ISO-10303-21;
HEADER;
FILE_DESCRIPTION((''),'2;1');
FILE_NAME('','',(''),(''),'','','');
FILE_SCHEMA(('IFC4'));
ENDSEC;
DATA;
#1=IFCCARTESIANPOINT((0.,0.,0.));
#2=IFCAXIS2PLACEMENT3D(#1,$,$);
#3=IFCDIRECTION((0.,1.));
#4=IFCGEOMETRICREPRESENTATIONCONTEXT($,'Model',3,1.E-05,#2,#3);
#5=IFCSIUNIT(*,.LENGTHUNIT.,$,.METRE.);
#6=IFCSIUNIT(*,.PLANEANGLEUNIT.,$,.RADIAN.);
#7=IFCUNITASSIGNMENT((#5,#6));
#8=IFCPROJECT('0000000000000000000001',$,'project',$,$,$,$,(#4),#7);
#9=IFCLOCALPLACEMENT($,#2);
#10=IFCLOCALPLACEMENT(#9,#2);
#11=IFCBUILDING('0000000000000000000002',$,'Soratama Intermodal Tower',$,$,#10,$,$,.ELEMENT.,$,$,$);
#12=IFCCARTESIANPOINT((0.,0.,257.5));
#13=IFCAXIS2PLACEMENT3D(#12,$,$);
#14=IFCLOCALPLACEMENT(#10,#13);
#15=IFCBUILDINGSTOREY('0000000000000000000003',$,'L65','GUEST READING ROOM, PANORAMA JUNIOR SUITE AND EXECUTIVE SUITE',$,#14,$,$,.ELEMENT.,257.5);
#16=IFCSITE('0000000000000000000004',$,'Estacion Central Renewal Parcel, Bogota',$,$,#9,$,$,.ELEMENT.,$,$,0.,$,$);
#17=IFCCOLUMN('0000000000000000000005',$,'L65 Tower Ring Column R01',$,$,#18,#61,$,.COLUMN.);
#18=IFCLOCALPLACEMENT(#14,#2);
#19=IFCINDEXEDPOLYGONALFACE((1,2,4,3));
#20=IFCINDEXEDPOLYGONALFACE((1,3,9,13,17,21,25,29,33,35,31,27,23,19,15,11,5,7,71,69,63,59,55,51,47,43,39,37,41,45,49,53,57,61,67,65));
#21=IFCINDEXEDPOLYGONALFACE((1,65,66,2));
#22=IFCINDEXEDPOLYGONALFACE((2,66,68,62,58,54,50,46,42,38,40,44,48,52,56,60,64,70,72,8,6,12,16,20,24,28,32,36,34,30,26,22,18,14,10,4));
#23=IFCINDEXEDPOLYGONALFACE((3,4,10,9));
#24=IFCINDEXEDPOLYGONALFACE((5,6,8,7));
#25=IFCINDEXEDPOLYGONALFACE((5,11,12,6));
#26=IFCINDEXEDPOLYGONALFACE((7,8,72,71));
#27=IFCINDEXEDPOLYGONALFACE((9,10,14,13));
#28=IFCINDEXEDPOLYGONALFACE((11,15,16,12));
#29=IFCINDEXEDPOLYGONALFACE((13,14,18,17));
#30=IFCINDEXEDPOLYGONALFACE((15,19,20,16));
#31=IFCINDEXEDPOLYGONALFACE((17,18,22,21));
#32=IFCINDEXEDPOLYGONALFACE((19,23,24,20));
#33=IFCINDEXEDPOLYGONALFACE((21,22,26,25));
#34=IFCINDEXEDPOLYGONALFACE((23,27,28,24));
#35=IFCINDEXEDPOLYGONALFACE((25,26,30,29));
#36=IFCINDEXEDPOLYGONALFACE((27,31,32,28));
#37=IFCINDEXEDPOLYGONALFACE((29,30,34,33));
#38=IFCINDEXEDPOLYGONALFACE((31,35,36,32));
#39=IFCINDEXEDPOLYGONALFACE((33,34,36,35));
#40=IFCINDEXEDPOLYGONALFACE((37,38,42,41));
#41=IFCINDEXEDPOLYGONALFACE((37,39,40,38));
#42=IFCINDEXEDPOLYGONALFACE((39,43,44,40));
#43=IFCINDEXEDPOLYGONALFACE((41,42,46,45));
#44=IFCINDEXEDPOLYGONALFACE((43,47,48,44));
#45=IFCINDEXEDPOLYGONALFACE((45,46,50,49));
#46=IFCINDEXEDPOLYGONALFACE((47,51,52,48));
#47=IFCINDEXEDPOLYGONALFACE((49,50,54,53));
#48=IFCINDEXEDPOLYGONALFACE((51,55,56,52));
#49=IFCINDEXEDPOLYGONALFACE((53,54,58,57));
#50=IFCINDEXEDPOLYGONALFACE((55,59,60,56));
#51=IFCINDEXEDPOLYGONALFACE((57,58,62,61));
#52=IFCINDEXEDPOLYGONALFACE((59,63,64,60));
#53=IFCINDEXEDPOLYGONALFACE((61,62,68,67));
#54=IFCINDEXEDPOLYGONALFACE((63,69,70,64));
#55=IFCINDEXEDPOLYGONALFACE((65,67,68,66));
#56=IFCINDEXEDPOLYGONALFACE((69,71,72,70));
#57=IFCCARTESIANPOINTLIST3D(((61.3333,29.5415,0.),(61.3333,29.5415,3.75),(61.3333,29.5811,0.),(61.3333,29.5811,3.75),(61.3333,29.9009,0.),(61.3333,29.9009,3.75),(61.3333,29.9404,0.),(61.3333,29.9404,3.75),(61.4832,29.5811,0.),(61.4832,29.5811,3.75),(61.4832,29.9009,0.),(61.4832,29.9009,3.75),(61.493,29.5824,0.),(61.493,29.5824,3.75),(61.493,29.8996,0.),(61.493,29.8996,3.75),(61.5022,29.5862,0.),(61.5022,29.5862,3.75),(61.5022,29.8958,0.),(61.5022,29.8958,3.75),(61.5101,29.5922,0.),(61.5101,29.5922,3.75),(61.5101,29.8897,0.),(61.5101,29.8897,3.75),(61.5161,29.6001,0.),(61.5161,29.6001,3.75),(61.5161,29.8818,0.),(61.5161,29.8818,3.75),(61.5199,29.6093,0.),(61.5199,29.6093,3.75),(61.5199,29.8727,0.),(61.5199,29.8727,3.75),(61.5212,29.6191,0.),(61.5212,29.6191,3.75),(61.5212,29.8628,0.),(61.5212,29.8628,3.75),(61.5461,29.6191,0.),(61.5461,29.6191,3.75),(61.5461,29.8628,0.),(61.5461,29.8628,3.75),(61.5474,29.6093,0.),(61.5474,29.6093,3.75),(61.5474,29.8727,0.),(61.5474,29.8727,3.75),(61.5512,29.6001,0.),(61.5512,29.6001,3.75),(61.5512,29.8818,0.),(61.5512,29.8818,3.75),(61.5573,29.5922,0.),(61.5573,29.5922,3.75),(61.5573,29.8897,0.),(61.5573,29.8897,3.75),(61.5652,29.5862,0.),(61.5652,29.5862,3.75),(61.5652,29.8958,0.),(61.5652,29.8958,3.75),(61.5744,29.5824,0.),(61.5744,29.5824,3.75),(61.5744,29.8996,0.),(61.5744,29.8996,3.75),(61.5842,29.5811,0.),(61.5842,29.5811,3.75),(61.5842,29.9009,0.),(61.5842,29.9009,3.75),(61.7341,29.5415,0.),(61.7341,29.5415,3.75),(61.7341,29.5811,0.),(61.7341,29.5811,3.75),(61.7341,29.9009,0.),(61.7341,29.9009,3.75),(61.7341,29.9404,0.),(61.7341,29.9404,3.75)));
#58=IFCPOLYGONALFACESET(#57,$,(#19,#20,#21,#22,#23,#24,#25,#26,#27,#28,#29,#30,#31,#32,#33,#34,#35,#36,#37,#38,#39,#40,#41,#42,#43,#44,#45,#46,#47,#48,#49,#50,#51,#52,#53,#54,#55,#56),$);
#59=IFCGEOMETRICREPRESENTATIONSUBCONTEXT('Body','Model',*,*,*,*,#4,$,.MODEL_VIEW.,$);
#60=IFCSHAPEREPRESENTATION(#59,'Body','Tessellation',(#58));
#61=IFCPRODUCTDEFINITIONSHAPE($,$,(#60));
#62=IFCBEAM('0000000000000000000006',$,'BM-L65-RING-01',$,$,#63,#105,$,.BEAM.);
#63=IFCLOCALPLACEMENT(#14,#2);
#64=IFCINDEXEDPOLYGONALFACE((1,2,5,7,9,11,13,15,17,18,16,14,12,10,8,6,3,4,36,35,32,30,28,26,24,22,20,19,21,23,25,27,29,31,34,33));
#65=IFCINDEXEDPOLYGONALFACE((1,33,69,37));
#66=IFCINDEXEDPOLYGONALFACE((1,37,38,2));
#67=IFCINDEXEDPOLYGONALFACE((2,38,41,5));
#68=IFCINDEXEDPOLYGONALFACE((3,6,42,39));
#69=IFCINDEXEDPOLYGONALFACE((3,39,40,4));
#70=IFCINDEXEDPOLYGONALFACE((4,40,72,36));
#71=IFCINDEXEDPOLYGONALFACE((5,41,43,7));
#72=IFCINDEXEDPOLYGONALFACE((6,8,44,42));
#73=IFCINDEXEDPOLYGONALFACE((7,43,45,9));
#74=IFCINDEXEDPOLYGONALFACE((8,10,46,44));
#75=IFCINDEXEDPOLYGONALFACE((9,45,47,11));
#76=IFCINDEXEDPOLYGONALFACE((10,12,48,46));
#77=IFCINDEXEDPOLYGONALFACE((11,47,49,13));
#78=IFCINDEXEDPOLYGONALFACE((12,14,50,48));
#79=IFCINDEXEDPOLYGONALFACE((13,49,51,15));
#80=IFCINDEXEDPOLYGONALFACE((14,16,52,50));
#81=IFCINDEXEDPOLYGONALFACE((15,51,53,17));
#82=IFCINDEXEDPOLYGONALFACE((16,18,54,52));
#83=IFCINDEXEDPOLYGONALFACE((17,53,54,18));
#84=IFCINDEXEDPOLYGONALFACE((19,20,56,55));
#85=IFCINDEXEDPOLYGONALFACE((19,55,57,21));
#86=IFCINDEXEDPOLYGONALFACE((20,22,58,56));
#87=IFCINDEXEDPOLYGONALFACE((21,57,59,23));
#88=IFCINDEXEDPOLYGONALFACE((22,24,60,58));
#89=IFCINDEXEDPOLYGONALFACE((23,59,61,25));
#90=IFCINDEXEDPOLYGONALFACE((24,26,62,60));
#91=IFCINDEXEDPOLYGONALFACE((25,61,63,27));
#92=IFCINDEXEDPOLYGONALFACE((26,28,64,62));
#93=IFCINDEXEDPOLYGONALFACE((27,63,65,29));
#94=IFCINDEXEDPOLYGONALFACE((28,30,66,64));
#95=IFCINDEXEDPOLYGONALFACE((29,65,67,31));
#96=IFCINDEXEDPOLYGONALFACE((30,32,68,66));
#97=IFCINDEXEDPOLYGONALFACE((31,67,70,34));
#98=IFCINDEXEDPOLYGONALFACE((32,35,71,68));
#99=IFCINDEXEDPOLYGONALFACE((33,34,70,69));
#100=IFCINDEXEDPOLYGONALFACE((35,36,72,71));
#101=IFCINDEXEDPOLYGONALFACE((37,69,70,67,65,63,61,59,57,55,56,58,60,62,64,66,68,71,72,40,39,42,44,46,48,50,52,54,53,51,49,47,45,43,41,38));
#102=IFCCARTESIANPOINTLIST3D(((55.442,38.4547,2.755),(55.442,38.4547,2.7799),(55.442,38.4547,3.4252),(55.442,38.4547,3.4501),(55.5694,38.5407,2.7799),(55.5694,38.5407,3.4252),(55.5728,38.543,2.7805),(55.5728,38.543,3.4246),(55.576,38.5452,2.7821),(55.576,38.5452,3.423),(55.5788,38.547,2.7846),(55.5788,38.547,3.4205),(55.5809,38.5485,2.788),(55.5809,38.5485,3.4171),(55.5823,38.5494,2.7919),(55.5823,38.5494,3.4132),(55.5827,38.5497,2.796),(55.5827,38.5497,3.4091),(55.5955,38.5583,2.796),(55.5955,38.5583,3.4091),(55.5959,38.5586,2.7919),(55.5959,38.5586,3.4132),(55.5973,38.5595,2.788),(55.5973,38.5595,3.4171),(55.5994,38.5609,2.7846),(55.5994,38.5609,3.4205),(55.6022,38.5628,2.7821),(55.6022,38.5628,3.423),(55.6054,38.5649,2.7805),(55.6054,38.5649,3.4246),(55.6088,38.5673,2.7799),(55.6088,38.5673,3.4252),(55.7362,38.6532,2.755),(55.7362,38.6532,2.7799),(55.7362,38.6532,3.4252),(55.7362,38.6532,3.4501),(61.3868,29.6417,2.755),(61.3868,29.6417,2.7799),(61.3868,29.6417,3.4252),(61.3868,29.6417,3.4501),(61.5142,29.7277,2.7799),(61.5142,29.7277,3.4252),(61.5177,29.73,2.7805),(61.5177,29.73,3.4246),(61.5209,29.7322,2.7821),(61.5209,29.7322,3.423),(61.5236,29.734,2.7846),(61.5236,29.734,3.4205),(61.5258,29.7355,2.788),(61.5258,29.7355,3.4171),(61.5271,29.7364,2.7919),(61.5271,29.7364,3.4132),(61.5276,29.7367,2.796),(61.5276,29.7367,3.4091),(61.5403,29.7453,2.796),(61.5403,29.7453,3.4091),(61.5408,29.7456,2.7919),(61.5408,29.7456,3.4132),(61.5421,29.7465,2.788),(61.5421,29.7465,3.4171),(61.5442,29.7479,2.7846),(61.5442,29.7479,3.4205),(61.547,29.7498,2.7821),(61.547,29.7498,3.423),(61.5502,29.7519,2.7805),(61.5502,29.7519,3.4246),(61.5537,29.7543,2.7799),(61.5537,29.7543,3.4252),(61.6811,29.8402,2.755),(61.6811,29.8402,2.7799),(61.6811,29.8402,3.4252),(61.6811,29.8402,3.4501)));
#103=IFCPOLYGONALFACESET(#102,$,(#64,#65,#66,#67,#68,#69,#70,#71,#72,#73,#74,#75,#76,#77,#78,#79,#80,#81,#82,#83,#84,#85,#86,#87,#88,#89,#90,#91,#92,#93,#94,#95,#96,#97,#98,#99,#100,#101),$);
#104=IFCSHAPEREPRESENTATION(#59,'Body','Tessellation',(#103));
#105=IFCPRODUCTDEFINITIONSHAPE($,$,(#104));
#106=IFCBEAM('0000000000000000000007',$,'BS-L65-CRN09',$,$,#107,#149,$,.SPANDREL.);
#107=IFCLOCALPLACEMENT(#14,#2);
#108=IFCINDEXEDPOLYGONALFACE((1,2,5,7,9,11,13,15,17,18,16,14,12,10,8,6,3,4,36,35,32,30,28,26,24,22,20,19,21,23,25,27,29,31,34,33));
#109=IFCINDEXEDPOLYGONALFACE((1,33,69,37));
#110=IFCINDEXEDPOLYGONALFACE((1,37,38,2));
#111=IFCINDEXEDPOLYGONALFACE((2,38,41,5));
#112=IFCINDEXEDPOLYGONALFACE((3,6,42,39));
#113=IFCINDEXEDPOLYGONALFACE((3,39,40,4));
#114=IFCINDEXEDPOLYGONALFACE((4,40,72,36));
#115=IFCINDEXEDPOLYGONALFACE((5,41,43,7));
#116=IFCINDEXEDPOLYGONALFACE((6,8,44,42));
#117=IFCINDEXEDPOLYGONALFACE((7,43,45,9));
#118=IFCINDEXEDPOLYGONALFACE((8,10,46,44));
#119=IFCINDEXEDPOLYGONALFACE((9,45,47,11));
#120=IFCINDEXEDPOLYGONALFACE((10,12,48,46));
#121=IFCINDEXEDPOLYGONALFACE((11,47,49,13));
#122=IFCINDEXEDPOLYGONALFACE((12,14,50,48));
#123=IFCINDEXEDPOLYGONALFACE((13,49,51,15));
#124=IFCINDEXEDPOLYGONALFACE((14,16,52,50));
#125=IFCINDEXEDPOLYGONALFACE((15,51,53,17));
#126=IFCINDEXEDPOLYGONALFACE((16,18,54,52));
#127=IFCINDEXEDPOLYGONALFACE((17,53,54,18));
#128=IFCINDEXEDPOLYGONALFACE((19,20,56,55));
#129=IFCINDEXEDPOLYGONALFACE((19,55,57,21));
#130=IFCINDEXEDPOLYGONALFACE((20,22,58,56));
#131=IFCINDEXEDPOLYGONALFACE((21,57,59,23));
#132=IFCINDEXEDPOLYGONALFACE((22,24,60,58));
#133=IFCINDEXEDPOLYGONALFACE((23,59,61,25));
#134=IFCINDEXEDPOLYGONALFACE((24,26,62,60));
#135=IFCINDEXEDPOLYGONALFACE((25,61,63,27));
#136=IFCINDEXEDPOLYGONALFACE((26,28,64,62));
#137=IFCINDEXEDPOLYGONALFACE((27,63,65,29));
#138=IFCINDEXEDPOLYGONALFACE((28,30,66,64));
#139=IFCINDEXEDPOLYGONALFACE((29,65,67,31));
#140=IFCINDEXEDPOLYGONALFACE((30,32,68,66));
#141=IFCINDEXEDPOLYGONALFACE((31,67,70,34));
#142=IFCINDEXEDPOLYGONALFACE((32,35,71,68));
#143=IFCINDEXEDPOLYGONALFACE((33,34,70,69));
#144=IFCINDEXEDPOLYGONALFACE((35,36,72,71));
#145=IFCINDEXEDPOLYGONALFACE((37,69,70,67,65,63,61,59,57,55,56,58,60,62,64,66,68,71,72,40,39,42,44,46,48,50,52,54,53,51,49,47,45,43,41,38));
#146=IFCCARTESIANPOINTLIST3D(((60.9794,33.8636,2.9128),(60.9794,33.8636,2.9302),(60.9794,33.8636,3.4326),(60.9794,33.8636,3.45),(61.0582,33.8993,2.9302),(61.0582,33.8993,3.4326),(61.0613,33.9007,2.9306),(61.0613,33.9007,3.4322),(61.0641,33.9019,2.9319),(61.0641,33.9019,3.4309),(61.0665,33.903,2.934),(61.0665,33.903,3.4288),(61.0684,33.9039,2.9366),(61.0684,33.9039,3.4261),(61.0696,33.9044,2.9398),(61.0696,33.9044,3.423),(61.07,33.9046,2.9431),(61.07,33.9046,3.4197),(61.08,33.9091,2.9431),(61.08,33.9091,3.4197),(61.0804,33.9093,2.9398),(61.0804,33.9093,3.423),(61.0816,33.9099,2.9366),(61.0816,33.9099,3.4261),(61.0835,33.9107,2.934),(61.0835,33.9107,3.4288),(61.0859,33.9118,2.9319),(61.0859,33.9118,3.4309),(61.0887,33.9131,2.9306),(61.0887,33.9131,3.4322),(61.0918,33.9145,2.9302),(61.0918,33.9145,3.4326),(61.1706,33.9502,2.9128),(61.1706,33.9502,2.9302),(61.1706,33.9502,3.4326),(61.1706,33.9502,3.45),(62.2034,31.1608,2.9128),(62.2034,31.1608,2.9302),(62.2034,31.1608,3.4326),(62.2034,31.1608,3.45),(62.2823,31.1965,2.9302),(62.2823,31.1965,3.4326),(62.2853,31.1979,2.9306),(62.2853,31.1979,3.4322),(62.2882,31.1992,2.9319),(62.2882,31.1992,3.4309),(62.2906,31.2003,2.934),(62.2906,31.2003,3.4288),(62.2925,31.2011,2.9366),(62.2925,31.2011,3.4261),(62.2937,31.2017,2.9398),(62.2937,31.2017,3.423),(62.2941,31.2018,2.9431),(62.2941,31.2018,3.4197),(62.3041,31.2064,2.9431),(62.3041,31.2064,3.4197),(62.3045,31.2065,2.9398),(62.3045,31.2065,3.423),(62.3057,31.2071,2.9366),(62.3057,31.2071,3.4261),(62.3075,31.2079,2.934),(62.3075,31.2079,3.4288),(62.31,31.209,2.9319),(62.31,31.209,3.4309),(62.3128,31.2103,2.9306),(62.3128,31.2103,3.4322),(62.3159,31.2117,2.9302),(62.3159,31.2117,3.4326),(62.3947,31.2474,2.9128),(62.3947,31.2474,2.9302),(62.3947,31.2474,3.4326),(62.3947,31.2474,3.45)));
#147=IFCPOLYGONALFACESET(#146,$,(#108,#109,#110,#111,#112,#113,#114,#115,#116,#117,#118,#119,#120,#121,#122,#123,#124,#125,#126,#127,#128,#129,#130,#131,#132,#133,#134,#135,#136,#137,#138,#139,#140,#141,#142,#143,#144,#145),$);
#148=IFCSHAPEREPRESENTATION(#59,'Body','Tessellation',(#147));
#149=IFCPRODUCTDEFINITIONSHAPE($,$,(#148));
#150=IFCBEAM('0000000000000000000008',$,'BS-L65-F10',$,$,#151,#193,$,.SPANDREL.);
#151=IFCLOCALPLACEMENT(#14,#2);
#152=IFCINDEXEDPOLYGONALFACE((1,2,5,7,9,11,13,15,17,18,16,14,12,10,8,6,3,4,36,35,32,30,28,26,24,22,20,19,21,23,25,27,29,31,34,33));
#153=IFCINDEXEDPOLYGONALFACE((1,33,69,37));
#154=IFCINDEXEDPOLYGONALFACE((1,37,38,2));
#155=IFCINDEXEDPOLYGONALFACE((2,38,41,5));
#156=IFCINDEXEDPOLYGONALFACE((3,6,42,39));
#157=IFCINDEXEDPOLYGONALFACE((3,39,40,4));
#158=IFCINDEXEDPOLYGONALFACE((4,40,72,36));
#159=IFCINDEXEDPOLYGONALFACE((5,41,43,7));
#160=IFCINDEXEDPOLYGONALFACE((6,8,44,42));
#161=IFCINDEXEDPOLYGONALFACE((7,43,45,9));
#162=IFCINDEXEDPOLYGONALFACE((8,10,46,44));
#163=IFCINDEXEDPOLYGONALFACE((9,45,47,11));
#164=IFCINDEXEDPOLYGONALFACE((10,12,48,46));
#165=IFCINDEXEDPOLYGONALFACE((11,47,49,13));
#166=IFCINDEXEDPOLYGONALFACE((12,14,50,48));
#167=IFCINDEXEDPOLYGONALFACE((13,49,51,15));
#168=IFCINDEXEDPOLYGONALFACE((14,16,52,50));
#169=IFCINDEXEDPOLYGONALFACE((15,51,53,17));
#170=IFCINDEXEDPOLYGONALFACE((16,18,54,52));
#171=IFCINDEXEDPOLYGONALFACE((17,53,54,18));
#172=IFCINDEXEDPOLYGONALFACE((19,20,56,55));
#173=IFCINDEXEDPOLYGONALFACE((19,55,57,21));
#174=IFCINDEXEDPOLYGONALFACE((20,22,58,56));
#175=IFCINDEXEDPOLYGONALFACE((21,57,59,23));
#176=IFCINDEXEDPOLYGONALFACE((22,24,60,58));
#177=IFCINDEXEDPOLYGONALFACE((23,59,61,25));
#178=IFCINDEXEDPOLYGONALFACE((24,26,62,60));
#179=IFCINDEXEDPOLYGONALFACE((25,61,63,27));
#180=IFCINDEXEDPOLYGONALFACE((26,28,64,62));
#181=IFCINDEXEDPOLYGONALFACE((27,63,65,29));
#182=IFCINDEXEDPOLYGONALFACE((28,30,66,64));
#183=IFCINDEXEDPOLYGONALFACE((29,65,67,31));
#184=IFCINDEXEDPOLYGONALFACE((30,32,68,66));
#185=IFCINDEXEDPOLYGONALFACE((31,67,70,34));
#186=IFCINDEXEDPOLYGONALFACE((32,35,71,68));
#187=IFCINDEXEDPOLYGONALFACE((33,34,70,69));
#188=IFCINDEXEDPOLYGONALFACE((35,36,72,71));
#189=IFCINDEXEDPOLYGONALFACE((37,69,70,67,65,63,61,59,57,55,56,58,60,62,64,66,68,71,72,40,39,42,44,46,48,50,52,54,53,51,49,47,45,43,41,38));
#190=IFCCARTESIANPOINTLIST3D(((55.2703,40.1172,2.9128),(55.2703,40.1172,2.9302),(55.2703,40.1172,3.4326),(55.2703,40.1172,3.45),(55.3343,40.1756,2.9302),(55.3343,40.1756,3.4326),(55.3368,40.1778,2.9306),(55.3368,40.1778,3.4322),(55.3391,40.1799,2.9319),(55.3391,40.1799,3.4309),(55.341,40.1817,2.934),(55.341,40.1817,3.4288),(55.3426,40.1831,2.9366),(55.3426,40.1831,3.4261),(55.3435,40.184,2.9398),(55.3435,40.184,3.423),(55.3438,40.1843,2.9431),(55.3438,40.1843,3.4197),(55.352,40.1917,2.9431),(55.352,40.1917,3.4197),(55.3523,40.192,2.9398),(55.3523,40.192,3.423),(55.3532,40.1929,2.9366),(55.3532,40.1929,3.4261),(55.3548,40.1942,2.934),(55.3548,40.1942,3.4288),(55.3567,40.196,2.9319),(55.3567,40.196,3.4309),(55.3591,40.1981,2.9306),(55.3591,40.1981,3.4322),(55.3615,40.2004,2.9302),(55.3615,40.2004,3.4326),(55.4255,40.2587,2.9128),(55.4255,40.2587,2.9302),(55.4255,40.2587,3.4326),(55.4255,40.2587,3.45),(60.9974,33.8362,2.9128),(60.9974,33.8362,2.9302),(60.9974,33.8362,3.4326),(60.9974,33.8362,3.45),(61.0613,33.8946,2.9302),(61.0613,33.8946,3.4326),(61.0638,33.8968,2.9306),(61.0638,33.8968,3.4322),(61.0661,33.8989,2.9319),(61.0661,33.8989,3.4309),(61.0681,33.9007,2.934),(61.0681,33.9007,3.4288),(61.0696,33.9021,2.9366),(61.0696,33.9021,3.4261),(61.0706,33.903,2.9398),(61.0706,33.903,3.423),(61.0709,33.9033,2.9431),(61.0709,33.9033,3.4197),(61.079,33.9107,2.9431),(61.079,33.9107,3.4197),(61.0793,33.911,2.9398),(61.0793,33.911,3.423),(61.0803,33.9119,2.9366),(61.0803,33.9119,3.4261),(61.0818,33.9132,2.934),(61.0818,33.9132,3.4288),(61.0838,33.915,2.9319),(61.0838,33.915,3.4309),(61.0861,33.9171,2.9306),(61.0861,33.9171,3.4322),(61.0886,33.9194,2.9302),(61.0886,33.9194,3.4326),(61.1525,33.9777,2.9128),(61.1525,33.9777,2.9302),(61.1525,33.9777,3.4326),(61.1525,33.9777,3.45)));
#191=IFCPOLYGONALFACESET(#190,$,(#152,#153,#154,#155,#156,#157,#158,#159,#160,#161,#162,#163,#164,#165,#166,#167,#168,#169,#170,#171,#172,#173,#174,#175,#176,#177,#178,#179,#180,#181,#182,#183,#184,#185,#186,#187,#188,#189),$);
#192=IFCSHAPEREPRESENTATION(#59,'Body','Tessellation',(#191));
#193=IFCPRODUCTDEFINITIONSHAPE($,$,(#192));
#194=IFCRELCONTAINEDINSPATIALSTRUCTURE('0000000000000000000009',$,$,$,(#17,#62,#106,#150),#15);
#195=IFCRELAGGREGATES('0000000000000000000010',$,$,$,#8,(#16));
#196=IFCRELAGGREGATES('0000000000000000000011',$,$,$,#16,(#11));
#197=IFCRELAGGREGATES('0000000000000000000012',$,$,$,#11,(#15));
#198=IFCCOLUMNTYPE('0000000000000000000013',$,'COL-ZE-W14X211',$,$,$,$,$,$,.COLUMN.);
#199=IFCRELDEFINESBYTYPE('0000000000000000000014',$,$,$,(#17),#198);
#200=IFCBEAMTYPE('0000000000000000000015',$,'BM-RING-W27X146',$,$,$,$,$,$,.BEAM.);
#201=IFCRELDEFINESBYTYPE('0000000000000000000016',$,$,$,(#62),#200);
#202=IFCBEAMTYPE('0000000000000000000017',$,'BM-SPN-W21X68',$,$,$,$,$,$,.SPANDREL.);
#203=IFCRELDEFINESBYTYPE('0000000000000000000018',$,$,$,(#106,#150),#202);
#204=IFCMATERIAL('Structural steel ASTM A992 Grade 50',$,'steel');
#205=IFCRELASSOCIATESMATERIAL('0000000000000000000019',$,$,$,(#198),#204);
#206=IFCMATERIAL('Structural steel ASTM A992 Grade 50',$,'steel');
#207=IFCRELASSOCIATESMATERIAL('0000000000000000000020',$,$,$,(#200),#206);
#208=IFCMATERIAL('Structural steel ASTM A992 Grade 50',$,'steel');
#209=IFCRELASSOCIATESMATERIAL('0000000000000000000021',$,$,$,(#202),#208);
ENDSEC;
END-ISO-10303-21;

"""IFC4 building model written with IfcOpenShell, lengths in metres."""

from ifc_helpers import new_model, si_unit, direction, frame, origin, origin_2d, place, context, subcontext, project, spatial, i_section, extrude, material, material_profile, profile_set, type_object, element, save


model = new_model("IFC4")

# Units and contexts
model_context = context("Model", 3, precision=1e-05, world=origin(), true_north=direction((0.0, 1.0)))
body_context = subcontext(model_context, "Body", "Model", "MODEL_VIEW")
ifc_project = project(units=[si_unit("LENGTHUNIT", "METRE"), si_unit("PLANEANGLEUNIT", "RADIAN")], contexts=[model_context])

# Site, building, storey
site_placement = place(None, origin())
site = spatial("IfcSite", under=ifc_project, at=site_placement, Name="Estacion Central Renewal Parcel, Bogota", CompositionType="ELEMENT", RefElevation=0.0)
building_placement = place(site_placement, origin())
building = spatial("IfcBuilding", under=site, at=building_placement, Name="Soratama Intermodal Tower", CompositionType="ELEMENT")
storey_placement = place(building_placement, frame((0.0, 0.0, 257.5)))
storey = spatial("IfcBuildingStorey", under=building, at=storey_placement, Name="L65", Description="GUEST READING ROOM, PANORAMA JUNIOR SUITE AND EXECUTIVE SUITE", CompositionType="ELEMENT", Elevation=257.5)

# Column
ifc_material_1 = material(Name="Structural steel ASTM A992 Grade 50", Category="steel")
ifc_material_profile_1 = material_profile(ifc_material_1, i_section(OverallWidth=0.4009, OverallDepth=0.3989, WebThickness=0.0249, FlangeThickness=0.0396, FilletRadius=0.0381, at=origin_2d()), Name="W14X211")
ifc_profile_set_1 = profile_set([ifc_material_profile_1], Name="Structural steel ASTM A992 Grade 50")
column_type = type_object("IfcColumnType", Name="COL-ZE-W14X211", PredefinedType="COLUMN", material=ifc_profile_set_1)
column_placement = place(storey_placement, frame((61.5337, 29.741, 0.0), z_axis=(0.0, 0.0, 1.0), x_axis=(1.0, 0.0, 0.0)))
element("IfcColumn", 1, at=column_placement, inside=storey, type_object=column_type, Name="L65 Tower Ring Column R01", PredefinedType="COLUMN", context=body_context, shape_type="SweptSolid", body=[
    extrude(i_section(OverallWidth=0.4009, OverallDepth=0.3989, WebThickness=0.0249, FlangeThickness=0.0396, FilletRadius=0.0381, at=origin_2d()), origin(), (0.0, 0.0, 1.0), 3.75),
])

# Beams
ifc_material_2 = material(Name="Structural steel ASTM A992 Grade 50", Category="steel")
ifc_material_profile_2 = material_profile(ifc_material_2, i_section(OverallWidth=0.355, OverallDepth=0.6951, WebThickness=0.0154, FlangeThickness=0.0249, FilletRadius=0.0161, at=origin_2d()), Name="W27X146")
ifc_profile_set_2 = profile_set([ifc_material_profile_2], Name="Structural steel ASTM A992 Grade 50")
beam_type_1 = type_object("IfcBeamType", Name="BM-RING-W27X146", PredefinedType="BEAM", material=ifc_profile_set_2)
beam_1_placement = place(storey_placement, frame((61.5339, 29.741, 3.1025), z_axis=(-0.559218, 0.829021, 0.0), x_axis=(-0.829021, -0.559218, 0.0)))
element("IfcBeam", 2, at=beam_1_placement, inside=storey, type_object=beam_type_1, Name="BM-L65-RING-01", PredefinedType="BEAM", context=body_context, shape_type="SweptSolid", body=[
    extrude(i_section(OverallWidth=0.355, OverallDepth=0.6951, WebThickness=0.0154, FlangeThickness=0.0249, FilletRadius=0.0161, at=origin_2d()), origin(), (0.0, 0.0, 1.0), 10.6306),
])
ifc_material_3 = material(Name="Structural steel ASTM A992 Grade 50", Category="steel")
ifc_material_profile_3 = material_profile(ifc_material_3, i_section(OverallWidth=0.21, OverallDepth=0.5371, WebThickness=0.011, FlangeThickness=0.0173, FilletRadius=0.0129, at=origin_2d()), Name="W21X68")
ifc_profile_set_3 = profile_set([ifc_material_profile_3], Name="Structural steel ASTM A992 Grade 50")
beam_type_2 = type_object("IfcBeamType", Name="BM-SPN-W21X68", PredefinedType="SPANDREL", material=ifc_profile_set_3)
beam_2_placement = place(storey_placement, frame((62.2991, 31.2041, 3.1814), z_axis=(-0.412557, 0.910932, 0.0), x_axis=(-0.910932, -0.412557, 0.0)))
element("IfcBeam", 3, at=beam_2_placement, inside=storey, type_object=beam_type_2, Name="BS-L65-CRN09", PredefinedType="SPANDREL", context=body_context, shape_type="SweptSolid", body=[
    extrude(i_section(OverallWidth=0.21, OverallDepth=0.5371, WebThickness=0.011, FlangeThickness=0.0173, FilletRadius=0.0129, at=origin_2d()), origin(), (0.0, 0.0, 1.0), 2.967),
])
beam_3_placement = place(storey_placement, frame((61.075, 33.907, 3.1814), z_axis=(-0.67377, 0.738941, 0.0), x_axis=(-0.738941, -0.67377, 0.0)))
element("IfcBeam", 4, at=beam_3_placement, inside=storey, type_object=beam_type_2, Name="BS-L65-F10", PredefinedType="SPANDREL", context=body_context, shape_type="SweptSolid", body=[
    extrude(i_section(OverallWidth=0.21, OverallDepth=0.5371, WebThickness=0.011, FlangeThickness=0.0173, FilletRadius=0.0129, at=origin_2d()), origin(), (0.0, 0.0, 1.0), 8.5),
])

save(model, "model.ifc")
